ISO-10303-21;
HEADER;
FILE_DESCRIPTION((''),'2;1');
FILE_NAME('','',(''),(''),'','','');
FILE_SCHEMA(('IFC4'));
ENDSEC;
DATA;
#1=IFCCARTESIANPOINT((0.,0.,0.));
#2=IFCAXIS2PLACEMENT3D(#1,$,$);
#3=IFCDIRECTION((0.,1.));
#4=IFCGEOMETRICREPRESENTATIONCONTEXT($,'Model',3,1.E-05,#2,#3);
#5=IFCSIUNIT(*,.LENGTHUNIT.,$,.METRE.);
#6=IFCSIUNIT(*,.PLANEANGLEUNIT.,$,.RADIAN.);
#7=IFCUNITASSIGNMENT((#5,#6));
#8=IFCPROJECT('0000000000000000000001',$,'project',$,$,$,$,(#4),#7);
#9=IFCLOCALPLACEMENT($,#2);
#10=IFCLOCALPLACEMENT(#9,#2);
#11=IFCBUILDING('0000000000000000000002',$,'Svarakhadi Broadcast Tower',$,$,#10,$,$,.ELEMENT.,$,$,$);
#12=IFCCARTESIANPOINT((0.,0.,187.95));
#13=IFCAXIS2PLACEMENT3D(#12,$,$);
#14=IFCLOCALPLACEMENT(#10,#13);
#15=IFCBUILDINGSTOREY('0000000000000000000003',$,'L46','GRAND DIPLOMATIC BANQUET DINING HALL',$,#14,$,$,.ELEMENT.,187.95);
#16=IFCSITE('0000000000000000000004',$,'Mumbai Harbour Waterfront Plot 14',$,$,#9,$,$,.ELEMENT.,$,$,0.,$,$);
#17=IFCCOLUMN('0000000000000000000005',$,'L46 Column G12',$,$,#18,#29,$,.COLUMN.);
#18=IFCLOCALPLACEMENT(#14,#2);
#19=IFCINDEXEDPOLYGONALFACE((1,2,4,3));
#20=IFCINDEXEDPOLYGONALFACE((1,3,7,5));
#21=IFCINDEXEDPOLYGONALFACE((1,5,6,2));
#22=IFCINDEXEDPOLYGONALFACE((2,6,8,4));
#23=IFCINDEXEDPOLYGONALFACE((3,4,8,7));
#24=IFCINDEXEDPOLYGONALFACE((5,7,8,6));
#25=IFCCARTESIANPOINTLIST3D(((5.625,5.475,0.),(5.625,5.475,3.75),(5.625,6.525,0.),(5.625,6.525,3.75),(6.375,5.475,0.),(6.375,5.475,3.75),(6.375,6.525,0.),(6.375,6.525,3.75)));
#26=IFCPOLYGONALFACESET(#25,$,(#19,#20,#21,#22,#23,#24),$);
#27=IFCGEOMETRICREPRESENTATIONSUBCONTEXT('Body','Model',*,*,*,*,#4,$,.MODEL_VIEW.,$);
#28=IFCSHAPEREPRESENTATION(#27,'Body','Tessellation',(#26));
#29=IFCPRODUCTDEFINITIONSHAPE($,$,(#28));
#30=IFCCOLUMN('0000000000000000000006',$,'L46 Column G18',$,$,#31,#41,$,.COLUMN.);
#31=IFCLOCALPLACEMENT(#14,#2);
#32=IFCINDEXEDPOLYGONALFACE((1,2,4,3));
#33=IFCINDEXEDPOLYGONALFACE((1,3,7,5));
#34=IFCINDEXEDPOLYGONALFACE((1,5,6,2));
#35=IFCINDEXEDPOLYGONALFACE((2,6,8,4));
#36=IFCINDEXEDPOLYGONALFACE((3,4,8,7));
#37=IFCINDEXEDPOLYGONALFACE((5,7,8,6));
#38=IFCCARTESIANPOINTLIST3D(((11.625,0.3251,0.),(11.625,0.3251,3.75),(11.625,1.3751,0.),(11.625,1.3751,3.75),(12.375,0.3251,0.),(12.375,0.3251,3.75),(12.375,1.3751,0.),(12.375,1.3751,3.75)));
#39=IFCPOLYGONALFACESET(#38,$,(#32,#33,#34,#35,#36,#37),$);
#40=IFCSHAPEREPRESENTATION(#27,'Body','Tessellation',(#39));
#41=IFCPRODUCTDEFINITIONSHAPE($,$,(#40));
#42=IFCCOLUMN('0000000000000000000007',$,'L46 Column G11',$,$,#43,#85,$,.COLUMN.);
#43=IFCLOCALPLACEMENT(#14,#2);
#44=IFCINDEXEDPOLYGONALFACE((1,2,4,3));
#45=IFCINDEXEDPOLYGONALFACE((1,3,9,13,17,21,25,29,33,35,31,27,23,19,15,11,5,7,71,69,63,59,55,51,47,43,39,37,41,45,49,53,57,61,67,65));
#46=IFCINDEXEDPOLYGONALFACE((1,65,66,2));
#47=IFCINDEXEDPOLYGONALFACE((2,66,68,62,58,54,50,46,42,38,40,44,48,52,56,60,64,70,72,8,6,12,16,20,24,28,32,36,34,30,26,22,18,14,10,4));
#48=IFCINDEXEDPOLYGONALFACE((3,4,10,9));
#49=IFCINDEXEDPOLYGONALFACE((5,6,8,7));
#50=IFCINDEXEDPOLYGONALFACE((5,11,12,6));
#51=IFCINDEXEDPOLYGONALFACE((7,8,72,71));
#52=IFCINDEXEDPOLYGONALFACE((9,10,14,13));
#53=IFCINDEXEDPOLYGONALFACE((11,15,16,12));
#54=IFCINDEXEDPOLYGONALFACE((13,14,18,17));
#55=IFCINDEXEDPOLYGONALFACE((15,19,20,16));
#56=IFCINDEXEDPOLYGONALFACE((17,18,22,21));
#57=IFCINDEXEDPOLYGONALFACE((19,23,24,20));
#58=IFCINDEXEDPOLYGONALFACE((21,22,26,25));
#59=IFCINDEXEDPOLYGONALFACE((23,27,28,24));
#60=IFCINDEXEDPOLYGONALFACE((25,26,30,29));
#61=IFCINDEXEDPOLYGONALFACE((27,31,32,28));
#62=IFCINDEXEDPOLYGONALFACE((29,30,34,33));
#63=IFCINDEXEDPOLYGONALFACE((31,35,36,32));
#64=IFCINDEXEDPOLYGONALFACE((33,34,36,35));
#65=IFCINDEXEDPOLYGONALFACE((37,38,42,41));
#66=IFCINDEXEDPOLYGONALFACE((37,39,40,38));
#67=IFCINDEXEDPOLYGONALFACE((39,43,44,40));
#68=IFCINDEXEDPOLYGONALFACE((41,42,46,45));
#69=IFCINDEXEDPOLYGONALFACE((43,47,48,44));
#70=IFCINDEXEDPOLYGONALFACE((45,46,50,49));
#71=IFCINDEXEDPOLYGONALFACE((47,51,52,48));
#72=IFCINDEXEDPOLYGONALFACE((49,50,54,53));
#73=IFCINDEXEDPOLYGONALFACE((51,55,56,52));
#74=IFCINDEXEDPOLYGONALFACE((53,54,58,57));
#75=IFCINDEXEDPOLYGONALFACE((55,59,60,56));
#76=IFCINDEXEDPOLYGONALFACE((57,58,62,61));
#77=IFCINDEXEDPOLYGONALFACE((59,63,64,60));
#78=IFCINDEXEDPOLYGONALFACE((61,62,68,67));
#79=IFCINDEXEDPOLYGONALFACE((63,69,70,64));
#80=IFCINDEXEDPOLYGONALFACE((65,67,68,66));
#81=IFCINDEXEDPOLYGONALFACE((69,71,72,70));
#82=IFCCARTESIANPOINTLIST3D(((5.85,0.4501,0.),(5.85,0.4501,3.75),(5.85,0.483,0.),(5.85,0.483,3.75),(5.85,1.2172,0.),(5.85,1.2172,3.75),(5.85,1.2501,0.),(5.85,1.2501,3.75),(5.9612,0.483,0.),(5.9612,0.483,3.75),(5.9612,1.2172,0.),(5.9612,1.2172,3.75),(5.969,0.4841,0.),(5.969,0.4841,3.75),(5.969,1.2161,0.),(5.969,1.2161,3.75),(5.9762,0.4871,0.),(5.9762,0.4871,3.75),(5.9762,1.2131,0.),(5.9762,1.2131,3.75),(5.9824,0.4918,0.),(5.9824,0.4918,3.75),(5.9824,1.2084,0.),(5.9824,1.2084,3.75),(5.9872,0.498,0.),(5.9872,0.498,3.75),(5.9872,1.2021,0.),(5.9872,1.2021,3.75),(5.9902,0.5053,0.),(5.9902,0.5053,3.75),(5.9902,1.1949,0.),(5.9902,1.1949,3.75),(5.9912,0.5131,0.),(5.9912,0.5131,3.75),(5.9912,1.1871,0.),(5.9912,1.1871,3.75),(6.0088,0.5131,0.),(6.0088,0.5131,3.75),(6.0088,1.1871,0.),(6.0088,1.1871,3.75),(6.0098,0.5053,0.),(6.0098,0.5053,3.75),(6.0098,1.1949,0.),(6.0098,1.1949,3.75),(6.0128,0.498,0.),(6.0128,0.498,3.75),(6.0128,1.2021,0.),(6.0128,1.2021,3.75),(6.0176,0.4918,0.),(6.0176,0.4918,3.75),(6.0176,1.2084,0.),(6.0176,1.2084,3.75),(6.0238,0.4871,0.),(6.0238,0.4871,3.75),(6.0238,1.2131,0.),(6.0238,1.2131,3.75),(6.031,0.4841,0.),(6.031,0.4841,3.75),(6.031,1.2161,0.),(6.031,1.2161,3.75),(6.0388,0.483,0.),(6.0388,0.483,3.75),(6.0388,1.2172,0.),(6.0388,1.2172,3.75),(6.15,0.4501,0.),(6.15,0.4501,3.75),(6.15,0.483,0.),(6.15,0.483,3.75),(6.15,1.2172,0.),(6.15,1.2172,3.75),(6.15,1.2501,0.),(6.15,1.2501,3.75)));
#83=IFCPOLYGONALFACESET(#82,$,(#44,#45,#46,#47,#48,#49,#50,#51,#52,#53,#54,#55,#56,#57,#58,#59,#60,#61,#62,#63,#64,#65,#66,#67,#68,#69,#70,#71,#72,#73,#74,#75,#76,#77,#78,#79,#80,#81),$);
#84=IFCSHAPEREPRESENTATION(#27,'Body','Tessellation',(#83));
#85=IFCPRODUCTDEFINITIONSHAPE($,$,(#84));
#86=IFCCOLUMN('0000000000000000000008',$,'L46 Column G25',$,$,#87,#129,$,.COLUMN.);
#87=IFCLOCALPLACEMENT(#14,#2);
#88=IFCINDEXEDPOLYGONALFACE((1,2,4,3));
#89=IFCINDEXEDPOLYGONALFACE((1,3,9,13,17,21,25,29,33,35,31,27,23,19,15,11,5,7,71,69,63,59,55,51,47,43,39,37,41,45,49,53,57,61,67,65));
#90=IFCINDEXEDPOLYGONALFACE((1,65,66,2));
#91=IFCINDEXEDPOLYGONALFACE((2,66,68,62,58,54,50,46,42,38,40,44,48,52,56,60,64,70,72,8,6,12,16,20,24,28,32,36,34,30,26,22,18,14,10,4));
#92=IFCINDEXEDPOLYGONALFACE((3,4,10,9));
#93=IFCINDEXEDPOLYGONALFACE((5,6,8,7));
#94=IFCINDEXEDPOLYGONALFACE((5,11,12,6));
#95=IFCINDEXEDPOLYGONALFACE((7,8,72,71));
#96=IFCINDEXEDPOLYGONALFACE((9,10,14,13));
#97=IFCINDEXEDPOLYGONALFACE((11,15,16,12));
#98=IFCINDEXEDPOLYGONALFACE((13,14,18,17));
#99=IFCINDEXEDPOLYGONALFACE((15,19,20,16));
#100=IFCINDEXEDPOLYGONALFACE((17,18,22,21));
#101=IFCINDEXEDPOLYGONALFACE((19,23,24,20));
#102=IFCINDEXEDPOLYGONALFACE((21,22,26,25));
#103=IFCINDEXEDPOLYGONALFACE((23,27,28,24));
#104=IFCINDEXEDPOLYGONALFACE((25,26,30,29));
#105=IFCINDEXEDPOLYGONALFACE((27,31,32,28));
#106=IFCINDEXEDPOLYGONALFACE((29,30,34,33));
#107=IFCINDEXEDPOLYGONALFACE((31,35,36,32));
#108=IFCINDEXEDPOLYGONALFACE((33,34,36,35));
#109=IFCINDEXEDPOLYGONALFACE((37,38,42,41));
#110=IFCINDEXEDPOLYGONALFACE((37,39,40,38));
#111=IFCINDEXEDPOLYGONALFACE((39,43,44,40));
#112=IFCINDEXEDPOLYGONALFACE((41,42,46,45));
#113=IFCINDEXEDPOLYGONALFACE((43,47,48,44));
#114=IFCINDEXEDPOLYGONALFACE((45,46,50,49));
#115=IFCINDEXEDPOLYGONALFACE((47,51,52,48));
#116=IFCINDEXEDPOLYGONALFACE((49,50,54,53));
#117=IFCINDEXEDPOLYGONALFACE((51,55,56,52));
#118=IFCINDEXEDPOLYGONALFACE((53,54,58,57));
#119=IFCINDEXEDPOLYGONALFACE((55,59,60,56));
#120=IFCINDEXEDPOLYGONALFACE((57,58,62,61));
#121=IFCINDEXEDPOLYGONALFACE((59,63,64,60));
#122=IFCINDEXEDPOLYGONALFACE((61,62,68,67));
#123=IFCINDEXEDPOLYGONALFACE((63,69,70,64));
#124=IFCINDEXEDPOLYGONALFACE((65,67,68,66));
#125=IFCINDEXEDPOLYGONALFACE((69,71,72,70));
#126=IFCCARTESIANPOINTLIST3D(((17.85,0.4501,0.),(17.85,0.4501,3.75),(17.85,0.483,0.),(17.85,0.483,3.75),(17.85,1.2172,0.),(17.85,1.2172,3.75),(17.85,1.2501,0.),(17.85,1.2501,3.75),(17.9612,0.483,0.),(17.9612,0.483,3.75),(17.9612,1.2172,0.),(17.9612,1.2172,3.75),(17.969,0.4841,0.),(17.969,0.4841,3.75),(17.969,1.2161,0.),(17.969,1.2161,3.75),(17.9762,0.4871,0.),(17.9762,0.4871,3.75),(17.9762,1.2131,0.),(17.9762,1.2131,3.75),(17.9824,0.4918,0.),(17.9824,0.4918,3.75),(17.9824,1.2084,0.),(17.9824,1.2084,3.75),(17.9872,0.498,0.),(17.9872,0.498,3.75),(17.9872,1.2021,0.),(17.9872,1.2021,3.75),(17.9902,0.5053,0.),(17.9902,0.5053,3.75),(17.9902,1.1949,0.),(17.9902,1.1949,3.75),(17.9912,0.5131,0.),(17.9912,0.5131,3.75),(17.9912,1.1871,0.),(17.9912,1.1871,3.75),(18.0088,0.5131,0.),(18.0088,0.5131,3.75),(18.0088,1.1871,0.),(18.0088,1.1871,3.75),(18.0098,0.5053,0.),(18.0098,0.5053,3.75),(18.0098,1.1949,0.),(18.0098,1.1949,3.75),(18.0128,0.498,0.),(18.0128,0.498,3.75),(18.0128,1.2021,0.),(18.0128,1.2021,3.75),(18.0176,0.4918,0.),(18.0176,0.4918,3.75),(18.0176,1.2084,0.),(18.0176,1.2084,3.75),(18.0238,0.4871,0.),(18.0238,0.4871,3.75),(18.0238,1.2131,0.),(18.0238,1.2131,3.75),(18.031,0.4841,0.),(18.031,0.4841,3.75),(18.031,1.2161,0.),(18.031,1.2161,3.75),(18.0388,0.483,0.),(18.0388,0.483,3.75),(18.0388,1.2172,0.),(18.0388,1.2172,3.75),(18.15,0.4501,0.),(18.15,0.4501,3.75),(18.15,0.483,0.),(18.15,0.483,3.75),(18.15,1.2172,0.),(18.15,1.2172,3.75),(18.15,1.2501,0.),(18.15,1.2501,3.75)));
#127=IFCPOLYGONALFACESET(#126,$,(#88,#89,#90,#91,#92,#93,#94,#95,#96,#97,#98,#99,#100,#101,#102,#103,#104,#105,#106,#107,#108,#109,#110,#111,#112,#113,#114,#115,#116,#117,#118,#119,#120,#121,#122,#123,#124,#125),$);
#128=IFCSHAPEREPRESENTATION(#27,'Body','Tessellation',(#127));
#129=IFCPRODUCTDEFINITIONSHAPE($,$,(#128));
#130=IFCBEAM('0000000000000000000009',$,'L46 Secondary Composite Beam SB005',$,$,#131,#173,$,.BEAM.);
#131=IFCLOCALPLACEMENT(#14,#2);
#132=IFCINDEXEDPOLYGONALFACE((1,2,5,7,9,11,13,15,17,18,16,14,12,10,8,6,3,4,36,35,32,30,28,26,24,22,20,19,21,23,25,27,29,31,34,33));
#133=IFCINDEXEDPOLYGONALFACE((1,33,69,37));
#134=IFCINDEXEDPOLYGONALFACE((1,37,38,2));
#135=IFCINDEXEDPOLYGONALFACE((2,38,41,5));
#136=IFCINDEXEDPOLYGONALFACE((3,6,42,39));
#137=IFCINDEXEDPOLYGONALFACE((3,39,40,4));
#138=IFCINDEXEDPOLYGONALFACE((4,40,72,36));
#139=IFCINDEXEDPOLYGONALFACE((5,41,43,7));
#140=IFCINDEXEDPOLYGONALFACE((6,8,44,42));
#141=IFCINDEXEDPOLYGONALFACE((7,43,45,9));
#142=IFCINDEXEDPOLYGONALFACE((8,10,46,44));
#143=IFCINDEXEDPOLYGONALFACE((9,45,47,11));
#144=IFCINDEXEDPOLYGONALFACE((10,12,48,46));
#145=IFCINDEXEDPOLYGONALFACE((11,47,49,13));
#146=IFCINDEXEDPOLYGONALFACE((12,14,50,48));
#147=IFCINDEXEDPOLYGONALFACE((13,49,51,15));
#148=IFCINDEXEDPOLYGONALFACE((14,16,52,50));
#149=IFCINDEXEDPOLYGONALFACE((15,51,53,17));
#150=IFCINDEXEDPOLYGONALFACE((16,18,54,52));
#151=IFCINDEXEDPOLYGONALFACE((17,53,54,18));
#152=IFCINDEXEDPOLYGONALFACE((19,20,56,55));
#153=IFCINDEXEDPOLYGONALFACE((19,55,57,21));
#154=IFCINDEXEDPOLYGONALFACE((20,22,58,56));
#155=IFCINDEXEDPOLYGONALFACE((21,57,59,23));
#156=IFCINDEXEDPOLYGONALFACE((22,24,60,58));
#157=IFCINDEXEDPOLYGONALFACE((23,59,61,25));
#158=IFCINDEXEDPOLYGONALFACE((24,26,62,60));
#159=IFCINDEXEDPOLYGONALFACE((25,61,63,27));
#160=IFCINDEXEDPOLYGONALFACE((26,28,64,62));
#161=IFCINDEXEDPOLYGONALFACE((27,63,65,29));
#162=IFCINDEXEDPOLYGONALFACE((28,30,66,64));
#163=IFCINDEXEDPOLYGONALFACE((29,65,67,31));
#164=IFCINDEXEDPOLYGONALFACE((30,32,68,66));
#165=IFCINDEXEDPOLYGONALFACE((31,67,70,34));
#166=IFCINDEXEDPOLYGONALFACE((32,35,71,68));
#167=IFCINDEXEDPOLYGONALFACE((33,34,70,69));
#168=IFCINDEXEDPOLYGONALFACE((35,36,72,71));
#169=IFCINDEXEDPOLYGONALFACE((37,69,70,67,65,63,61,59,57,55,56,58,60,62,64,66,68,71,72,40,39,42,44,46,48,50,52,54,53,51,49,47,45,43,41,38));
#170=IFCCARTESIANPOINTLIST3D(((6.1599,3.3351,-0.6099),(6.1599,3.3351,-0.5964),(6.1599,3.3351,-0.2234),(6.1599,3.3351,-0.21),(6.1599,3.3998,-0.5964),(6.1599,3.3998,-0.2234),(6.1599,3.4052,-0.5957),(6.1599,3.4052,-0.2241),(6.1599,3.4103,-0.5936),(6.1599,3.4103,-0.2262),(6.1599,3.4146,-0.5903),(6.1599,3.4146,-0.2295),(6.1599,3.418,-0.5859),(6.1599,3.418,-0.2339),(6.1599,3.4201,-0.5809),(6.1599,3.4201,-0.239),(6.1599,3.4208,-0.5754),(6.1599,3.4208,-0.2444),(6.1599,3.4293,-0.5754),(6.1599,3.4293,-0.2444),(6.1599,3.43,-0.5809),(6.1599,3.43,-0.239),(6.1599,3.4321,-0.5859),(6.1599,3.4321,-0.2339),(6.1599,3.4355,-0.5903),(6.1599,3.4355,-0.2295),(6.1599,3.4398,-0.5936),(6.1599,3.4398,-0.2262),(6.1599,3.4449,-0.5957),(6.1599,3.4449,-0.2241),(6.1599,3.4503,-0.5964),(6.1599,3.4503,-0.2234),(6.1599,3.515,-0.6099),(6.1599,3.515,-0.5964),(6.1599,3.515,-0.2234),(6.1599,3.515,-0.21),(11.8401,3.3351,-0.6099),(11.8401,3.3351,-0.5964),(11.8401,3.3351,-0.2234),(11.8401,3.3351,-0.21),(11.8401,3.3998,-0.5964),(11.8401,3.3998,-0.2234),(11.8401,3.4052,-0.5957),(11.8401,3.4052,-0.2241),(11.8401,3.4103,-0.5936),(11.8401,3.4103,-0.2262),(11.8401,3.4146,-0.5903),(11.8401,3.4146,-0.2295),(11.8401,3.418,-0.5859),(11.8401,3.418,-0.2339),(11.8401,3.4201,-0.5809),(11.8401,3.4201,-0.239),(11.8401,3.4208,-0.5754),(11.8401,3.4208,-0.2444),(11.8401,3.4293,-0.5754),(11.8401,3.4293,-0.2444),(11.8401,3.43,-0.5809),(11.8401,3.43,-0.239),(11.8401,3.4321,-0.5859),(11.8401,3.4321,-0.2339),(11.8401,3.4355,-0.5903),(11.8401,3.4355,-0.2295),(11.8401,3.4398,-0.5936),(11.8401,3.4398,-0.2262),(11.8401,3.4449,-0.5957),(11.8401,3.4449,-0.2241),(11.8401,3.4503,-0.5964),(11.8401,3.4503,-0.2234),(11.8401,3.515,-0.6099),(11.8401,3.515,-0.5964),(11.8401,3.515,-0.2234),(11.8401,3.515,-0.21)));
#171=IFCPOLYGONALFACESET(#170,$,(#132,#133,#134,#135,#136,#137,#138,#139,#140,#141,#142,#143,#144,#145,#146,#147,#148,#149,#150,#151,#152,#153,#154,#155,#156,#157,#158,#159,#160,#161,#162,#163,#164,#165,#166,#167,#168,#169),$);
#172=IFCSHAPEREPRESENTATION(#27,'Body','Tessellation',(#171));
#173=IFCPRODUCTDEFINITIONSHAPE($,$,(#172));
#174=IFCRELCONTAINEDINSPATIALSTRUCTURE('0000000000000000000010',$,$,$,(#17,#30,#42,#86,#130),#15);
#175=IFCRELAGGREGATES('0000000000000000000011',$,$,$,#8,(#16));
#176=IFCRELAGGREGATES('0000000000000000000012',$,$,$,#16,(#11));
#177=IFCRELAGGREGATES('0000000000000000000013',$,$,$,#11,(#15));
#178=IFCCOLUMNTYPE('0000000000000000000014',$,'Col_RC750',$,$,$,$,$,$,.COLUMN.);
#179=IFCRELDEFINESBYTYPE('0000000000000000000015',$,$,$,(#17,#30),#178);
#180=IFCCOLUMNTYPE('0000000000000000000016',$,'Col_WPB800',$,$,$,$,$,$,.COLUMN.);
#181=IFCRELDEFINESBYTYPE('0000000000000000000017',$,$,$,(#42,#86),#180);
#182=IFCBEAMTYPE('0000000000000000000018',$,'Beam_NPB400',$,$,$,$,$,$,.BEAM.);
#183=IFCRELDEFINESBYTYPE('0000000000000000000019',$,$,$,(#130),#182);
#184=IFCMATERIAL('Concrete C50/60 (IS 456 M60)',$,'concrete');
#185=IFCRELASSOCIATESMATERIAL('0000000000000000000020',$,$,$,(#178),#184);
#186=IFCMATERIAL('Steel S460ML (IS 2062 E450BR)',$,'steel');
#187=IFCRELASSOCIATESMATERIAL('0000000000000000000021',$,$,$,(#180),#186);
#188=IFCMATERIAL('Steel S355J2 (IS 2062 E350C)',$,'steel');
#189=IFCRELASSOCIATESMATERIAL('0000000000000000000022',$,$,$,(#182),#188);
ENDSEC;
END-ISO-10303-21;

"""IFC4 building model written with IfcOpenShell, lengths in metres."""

from ifc_helpers import new_model, si_unit, direction, frame, origin, origin_2d, place, context, subcontext, project, spatial, rectangle, i_section, extrude, material, material_profile, profile_set, type_object, element, save


model = new_model("IFC4")

# Units and contexts
model_context = context("Model", 3, precision=1e-05, world=origin(), true_north=direction((0.0, 1.0)))
body_context = subcontext(model_context, "Body", "Model", "MODEL_VIEW")
ifc_project = project(units=[si_unit("LENGTHUNIT", "METRE"), si_unit("PLANEANGLEUNIT", "RADIAN")], contexts=[model_context])

# Site, building, storey
site_placement = place(None, origin())
site = spatial("IfcSite", under=ifc_project, at=site_placement, Name="Mumbai Harbour Waterfront Plot 14", CompositionType="ELEMENT", RefElevation=0.0)
building_placement = place(site_placement, origin())
building = spatial("IfcBuilding", under=site, at=building_placement, Name="Svarakhadi Broadcast Tower", CompositionType="ELEMENT")
storey_placement = place(building_placement, frame((0.0, 0.0, 187.95)))
storey = spatial("IfcBuildingStorey", under=building, at=storey_placement, Name="L46", Description="GRAND DIPLOMATIC BANQUET DINING HALL", CompositionType="ELEMENT", Elevation=187.95)

# Columns
ifc_material_1 = material(Name="Concrete C50/60 (IS 456 M60)", Category="concrete")
ifc_material_profile_1 = material_profile(ifc_material_1, rectangle(XDim=0.75, YDim=1.05, at=origin_2d()), Name="RC 750x1050")
ifc_profile_set_1 = profile_set([ifc_material_profile_1], Name="Concrete C50/60 (IS 456 M60)")
column_type_1 = type_object("IfcColumnType", Name="Col_RC750", PredefinedType="COLUMN", material=ifc_profile_set_1)
for number, where, z_axis, x_axis, name in (
    (1, (6.0, 6.0, 0.0), (0.0, 0.0, 1.0), (1.0, 0.0, 0.0), "L46 Column G12"),
    (2, (12.0, 0.8501, 0.0), (0.0, 0.0, 1.0), (1.0, 0.0, 0.0), "L46 Column G18"),
):
    element("IfcColumn", number, at=place(storey_placement, frame(where, z_axis=z_axis, x_axis=x_axis)), inside=storey, type_object=column_type_1, Name=name, PredefinedType="COLUMN", context=body_context, shape_type="SweptSolid", body=[
        extrude(rectangle(XDim=0.75, YDim=1.05, at=origin_2d()), origin(), (0.0, 0.0, 1.0), 3.75),
    ])
ifc_material_2 = material(Name="Steel S460ML (IS 2062 E450BR)", Category="steel")
ifc_material_profile_2 = material_profile(ifc_material_2, i_section(OverallWidth=0.3, OverallDepth=0.8, WebThickness=0.0176, FlangeThickness=0.033, FilletRadius=0.03, at=origin_2d()), Name="WPB 800x300x262")
ifc_profile_set_2 = profile_set([ifc_material_profile_2], Name="Steel S460ML (IS 2062 E450BR)")
column_type_2 = type_object("IfcColumnType", Name="Col_WPB800", PredefinedType="COLUMN", material=ifc_profile_set_2)
for number, where, z_axis, x_axis, name in (
    (3, (6.0, 0.8501, 0.0), (0.0, 0.0, 1.0), (1.0, 0.0, 0.0), "L46 Column G11"),
    (4, (18.0, 0.8501, 0.0), (0.0, 0.0, 1.0), (1.0, 0.0, 0.0), "L46 Column G25"),
):
    element("IfcColumn", number, at=place(storey_placement, frame(where, z_axis=z_axis, x_axis=x_axis)), inside=storey, type_object=column_type_2, Name=name, PredefinedType="COLUMN", context=body_context, shape_type="SweptSolid", body=[
        extrude(i_section(OverallWidth=0.3, OverallDepth=0.8, WebThickness=0.0176, FlangeThickness=0.033, FilletRadius=0.03, at=origin_2d()), origin(), (0.0, 0.0, 1.0), 3.75),
    ])

# Beam
ifc_material_3 = material(Name="Steel S355J2 (IS 2062 E350C)", Category="steel")
ifc_material_profile_3 = material_profile(ifc_material_3, i_section(OverallWidth=0.1799, OverallDepth=0.3999, WebThickness=0.0085, FlangeThickness=0.0134, FilletRadius=0.021, at=origin_2d()), Name="NPB 400x180x66")
ifc_profile_set_3 = profile_set([ifc_material_profile_3], Name="Steel S355J2 (IS 2062 E350C)")
beam_type_1 = type_object("IfcBeamType", Name="Beam_NPB400", PredefinedType="BEAM", material=ifc_profile_set_3)
for number, where, z_axis, x_axis, name in (
    (5, (6.1599, 3.425, -0.4099), (1.0, 0.0, 0.0), (0.0, 1.0, 0.0), "L46 Secondary Composite Beam SB005"),
):
    element("IfcBeam", number, at=place(storey_placement, frame(where, z_axis=z_axis, x_axis=x_axis)), inside=storey, type_object=beam_type_1, Name=name, PredefinedType="BEAM", context=body_context, shape_type="SweptSolid", body=[
        extrude(i_section(OverallWidth=0.1799, OverallDepth=0.3999, WebThickness=0.0085, FlangeThickness=0.0134, FilletRadius=0.021, at=origin_2d()), origin(), (0.0, 0.0, 1.0), 5.6802),
    ])

save(model, "model.ifc")
